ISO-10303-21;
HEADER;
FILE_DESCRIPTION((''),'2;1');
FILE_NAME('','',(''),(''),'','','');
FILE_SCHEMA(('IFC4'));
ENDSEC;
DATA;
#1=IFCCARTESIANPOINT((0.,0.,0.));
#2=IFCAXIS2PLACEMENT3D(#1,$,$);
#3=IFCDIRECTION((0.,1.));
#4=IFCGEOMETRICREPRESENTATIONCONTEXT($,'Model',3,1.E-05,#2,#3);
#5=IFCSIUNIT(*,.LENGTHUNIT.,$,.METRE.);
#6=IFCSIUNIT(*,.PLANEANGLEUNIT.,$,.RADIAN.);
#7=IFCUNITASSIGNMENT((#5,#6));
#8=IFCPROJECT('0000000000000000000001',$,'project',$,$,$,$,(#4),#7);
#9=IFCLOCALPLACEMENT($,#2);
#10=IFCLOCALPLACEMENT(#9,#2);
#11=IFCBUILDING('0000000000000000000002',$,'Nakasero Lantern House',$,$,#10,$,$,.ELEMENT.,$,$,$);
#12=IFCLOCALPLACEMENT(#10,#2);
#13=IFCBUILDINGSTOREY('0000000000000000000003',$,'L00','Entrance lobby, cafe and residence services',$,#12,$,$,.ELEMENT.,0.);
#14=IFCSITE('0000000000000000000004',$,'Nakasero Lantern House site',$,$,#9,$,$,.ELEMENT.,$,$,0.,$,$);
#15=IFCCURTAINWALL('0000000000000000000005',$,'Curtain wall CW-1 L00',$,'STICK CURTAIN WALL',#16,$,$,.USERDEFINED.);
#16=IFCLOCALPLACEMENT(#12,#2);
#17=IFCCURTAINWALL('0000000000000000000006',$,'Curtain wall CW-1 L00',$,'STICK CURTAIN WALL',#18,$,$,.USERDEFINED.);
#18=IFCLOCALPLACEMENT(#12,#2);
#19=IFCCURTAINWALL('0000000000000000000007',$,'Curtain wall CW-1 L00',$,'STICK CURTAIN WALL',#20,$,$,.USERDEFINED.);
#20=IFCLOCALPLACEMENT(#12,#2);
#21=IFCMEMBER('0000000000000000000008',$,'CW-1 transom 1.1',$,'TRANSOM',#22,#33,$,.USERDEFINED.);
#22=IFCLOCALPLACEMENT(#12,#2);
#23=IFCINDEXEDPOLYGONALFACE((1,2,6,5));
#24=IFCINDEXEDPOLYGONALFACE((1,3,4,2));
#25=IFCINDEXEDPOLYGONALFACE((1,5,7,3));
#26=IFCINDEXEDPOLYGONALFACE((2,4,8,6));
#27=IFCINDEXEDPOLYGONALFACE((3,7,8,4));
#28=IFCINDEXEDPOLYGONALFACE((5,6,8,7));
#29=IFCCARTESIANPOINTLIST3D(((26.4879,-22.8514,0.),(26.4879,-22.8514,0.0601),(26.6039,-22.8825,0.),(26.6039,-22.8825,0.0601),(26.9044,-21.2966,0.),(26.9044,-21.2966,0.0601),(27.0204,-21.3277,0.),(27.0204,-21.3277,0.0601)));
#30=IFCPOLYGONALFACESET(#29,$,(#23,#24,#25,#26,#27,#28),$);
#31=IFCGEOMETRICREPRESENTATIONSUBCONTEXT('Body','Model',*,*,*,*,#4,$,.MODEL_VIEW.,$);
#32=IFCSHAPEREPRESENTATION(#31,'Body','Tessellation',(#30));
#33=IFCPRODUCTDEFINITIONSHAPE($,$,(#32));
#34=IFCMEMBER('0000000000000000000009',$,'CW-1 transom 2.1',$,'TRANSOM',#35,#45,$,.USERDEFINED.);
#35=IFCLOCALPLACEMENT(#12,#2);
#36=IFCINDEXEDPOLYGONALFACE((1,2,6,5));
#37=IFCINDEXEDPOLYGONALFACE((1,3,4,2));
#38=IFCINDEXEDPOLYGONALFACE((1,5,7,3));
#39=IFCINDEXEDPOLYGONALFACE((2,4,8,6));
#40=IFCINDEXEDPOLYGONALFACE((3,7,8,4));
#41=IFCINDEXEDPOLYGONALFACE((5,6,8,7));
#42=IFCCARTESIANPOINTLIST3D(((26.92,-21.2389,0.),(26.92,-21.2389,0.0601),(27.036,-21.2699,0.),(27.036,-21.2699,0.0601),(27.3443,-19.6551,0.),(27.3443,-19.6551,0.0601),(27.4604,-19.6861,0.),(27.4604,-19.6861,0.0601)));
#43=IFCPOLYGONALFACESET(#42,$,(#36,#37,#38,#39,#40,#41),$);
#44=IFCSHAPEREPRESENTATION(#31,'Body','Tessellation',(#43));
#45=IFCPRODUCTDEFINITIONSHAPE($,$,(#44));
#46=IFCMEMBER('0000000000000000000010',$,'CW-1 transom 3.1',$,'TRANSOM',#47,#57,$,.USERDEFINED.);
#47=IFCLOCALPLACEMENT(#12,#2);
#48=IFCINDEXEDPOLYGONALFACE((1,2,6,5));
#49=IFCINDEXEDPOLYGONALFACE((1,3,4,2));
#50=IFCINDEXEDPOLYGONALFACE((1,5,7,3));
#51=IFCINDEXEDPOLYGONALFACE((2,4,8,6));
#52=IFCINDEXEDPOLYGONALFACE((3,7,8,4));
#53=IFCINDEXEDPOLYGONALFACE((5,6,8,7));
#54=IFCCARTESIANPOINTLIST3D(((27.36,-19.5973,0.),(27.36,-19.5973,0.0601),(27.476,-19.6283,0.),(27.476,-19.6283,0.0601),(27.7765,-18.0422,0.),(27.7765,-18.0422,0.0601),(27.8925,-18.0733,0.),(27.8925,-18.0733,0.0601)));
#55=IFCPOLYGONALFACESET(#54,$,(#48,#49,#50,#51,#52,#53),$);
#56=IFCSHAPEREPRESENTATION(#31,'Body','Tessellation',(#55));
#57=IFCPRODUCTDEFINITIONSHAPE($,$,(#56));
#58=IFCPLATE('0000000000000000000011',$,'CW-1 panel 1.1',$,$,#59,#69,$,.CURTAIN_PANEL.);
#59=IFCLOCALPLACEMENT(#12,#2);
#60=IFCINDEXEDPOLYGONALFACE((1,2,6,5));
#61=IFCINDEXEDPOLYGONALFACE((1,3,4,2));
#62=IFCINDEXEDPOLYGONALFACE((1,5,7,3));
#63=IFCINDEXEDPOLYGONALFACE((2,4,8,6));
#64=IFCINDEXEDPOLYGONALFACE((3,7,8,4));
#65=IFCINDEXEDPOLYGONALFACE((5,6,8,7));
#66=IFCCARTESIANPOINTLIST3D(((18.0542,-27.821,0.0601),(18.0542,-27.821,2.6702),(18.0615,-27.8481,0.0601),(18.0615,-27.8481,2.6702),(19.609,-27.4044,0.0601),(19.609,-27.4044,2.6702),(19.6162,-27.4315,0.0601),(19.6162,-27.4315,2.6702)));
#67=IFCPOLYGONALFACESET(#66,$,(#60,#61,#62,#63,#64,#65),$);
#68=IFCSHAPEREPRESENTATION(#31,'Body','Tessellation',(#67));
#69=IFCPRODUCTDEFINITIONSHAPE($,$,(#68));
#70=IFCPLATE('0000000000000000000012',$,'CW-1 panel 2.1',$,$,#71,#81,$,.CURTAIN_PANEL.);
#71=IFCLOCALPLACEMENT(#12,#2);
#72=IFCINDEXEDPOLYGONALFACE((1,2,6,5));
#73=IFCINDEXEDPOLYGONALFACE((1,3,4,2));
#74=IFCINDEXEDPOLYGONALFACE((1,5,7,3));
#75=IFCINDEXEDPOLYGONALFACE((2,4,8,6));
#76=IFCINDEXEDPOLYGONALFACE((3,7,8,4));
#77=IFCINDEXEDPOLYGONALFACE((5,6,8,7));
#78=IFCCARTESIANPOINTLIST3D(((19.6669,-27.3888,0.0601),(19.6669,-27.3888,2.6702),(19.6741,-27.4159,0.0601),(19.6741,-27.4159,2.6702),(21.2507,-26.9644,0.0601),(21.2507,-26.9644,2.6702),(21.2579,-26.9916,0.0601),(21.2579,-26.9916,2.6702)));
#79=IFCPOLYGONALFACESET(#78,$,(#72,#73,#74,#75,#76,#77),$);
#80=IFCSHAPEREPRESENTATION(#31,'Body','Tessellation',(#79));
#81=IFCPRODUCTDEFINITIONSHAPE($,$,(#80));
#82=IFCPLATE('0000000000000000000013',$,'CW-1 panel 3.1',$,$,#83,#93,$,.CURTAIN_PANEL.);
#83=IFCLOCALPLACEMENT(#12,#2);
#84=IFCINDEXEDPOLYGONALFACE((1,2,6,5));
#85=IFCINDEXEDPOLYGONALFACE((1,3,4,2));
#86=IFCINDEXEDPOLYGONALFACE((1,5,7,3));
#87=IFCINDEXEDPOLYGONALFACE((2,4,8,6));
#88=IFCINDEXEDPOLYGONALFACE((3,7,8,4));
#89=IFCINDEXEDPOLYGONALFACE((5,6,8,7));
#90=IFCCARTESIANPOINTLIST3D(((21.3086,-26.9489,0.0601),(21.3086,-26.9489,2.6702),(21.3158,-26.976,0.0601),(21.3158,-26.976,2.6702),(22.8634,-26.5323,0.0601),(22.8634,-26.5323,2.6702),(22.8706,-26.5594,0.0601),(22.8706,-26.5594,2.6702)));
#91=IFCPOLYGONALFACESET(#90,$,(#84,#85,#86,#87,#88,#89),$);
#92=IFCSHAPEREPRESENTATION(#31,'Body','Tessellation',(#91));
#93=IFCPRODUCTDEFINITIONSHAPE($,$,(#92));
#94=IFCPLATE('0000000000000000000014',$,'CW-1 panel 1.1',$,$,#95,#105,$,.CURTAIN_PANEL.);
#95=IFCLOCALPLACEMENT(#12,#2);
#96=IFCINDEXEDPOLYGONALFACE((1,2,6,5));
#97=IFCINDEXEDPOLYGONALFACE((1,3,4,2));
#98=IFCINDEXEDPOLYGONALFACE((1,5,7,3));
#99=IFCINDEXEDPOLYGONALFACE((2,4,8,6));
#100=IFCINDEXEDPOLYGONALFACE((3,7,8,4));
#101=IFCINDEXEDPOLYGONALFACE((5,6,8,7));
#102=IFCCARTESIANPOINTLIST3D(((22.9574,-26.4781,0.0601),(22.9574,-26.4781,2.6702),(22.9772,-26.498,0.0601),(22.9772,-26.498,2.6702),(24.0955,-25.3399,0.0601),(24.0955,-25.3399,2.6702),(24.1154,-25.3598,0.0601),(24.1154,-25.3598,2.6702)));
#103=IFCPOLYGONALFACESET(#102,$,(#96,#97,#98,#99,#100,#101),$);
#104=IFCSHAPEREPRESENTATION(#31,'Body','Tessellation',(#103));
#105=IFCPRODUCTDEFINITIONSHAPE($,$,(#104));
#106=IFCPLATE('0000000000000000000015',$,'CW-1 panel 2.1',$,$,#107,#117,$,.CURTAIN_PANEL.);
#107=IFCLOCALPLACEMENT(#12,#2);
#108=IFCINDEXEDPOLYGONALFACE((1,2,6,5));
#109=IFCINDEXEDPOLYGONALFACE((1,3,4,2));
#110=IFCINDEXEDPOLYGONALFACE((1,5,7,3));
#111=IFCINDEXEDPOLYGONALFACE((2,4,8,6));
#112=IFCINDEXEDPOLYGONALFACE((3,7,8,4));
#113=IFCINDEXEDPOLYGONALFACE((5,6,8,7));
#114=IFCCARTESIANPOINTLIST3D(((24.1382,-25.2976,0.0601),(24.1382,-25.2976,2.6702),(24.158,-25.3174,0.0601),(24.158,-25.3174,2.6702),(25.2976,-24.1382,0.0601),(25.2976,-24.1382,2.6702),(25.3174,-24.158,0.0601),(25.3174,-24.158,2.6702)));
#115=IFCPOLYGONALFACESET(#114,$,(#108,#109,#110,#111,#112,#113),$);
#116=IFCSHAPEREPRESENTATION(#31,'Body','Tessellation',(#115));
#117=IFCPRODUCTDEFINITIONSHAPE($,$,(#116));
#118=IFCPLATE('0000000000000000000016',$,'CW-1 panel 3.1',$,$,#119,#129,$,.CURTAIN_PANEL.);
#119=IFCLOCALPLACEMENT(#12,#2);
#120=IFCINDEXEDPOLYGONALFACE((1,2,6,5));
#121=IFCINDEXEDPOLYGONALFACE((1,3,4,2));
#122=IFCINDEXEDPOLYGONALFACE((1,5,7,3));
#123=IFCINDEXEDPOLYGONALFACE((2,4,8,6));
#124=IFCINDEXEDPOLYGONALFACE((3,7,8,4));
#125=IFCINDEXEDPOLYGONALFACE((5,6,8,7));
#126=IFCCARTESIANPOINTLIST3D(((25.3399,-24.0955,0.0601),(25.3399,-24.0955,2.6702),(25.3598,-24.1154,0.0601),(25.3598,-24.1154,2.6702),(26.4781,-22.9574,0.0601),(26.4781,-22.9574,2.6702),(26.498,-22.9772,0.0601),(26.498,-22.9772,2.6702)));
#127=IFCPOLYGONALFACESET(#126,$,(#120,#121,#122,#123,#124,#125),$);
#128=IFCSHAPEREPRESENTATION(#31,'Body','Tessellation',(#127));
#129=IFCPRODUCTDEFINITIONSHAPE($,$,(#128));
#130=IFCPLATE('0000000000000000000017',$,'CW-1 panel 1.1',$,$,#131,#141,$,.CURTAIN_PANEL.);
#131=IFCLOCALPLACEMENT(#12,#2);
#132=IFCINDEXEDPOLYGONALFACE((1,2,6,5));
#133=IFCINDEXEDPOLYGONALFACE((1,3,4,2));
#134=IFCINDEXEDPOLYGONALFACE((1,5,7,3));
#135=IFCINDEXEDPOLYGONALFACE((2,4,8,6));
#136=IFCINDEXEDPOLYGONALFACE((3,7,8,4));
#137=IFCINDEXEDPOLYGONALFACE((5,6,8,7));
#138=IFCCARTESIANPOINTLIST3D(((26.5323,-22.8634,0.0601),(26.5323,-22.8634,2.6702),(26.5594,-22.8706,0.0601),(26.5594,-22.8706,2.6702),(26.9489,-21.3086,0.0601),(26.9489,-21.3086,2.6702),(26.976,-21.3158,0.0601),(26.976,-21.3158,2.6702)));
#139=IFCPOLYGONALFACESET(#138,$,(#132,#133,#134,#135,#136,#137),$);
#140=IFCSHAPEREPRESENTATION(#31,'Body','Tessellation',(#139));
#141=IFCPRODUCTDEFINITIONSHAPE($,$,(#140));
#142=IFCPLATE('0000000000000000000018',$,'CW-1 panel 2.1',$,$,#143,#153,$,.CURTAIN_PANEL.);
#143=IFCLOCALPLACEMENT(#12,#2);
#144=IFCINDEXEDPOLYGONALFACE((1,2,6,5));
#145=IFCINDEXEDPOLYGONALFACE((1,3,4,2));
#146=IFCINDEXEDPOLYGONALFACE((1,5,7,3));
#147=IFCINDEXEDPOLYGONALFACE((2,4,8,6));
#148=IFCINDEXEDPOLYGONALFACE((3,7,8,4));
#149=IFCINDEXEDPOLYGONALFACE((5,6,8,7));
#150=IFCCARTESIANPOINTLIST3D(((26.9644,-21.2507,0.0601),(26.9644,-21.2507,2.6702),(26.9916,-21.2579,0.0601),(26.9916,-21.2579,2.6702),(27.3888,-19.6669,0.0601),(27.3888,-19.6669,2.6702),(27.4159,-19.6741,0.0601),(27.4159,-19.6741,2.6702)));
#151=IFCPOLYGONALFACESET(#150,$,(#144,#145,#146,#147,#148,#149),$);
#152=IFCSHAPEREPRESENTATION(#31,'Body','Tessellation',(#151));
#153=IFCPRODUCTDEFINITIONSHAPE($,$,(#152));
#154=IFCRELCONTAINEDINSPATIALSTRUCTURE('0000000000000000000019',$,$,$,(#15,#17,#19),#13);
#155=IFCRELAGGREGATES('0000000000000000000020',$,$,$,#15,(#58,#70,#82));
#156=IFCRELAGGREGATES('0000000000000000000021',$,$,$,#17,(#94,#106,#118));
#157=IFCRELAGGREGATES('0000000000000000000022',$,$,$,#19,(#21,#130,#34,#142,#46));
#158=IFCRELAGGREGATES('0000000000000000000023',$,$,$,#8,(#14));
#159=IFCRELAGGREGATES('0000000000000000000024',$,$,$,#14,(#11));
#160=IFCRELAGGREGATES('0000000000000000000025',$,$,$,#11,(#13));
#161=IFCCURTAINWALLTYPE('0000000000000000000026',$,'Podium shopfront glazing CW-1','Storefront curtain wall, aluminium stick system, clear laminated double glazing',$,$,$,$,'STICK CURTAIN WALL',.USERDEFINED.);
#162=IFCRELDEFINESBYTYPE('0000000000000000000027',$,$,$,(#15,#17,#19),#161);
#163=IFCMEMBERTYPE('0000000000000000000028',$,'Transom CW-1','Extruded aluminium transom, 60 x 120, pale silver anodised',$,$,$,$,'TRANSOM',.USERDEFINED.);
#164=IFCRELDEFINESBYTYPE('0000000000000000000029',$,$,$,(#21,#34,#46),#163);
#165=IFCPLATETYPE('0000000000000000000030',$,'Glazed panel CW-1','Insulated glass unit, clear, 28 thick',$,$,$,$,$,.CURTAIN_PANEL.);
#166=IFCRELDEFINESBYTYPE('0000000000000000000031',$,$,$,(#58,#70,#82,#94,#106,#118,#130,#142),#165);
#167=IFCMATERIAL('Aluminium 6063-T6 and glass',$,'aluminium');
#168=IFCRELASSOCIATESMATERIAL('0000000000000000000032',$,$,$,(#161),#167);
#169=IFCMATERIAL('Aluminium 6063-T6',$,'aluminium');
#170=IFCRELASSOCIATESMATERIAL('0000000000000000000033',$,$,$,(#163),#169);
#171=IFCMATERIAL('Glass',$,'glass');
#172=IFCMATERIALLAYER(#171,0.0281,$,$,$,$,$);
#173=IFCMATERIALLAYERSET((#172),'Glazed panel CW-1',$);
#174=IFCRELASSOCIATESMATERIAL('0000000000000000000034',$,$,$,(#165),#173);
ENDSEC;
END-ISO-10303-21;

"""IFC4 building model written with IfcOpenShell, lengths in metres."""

from ifc_helpers import new_model, si_unit, direction, frame, origin, origin_2d, place, context, subcontext, project, spatial, rectangle, extrude, material, layer, layer_set, material_profile, profile_set, type_object, element, aggregate, save


model = new_model("IFC4")

# Units and contexts
model_context = context("Model", 3, precision=1e-05, world=origin(), true_north=direction((0.0, 1.0)))
body_context = subcontext(model_context, "Body", "Model", "MODEL_VIEW")
ifc_project = project(units=[si_unit("LENGTHUNIT", "METRE"), si_unit("PLANEANGLEUNIT", "RADIAN")], contexts=[model_context])

# Site, building, storey
site_placement = place(None, origin())
site = spatial("IfcSite", under=ifc_project, at=site_placement, Name="Nakasero Lantern House site", CompositionType="ELEMENT", RefElevation=0.0)
building_placement = place(site_placement, origin())
building = spatial("IfcBuilding", under=site, at=building_placement, Name="Nakasero Lantern House", CompositionType="ELEMENT")
storey_placement = place(building_placement, origin())
storey = spatial("IfcBuildingStorey", under=building, at=storey_placement, Name="L00", Description="Entrance lobby, cafe and residence services", CompositionType="ELEMENT", Elevation=0.0)

# Shared definitions
ifc_material_1 = material(Name="Aluminium 6063-T6 and glass", Category="aluminium")
curtain_wall_type = type_object("IfcCurtainWallType", Name="Podium shopfront glazing CW-1", Description="Storefront curtain wall, aluminium stick system, clear laminated double glazing", ElementType="STICK CURTAIN WALL", PredefinedType="USERDEFINED", material=ifc_material_1)

# Curtain walls
curtain_wall_1_placement = place(storey_placement, origin())
curtain_wall_1 = element("IfcCurtainWall", 1, at=curtain_wall_1_placement, inside=storey, type_object=curtain_wall_type, Name="Curtain wall CW-1 L00", ObjectType="STICK CURTAIN WALL", PredefinedType="USERDEFINED")
curtain_wall_2_placement = place(storey_placement, origin())
curtain_wall_2 = element("IfcCurtainWall", 2, at=curtain_wall_2_placement, inside=storey, type_object=curtain_wall_type, Name="Curtain wall CW-1 L00", ObjectType="STICK CURTAIN WALL", PredefinedType="USERDEFINED")
curtain_wall_3_placement = place(storey_placement, origin())
curtain_wall_3 = element("IfcCurtainWall", 3, at=curtain_wall_3_placement, inside=storey, type_object=curtain_wall_type, Name="Curtain wall CW-1 L00", ObjectType="STICK CURTAIN WALL", PredefinedType="USERDEFINED")

# Members
ifc_material_2 = material(Name="Aluminium 6063-T6", Category="aluminium")
ifc_material_profile_1 = material_profile(ifc_material_2, rectangle(XDim=0.0601, YDim=0.1201, at=origin_2d()), Name="CW-1 transom 60x120")
ifc_profile_set_1 = profile_set([ifc_material_profile_1], Name="Aluminium 6063-T6")
member_type_1 = type_object("IfcMemberType", Name="Transom CW-1", Description="Extruded aluminium transom, 60 x 120, pale silver anodised", ElementType="TRANSOM", PredefinedType="USERDEFINED", material=ifc_profile_set_1)
member_1_placement = place(storey_placement, frame((26.5459, -22.8669, 0.03), z_axis=(0.258777, 0.965937, 0.0), x_axis=(0.0, 0.0, 1.0)))
member_1 = element("IfcMember", 4, at=member_1_placement, type_object=member_type_1, Name="CW-1 transom 1.1", ObjectType="TRANSOM", PredefinedType="USERDEFINED", context=body_context, shape_type="SweptSolid", body=[
    extrude(rectangle(XDim=0.0601, YDim=0.1201, at=origin_2d()), origin(), (0.0, 0.0, 1.0), 1.6096),
])
member_2_placement = place(storey_placement, frame((26.978, -21.2544, 0.03), z_axis=(0.258793, 0.965933, 0.0), x_axis=(0.0, 0.0, 1.0)))
member_2 = element("IfcMember", 5, at=member_2_placement, type_object=member_type_1, Name="CW-1 transom 2.1", ObjectType="TRANSOM", PredefinedType="USERDEFINED", context=body_context, shape_type="SweptSolid", body=[
    extrude(rectangle(XDim=0.0601, YDim=0.1201, at=origin_2d()), origin(), (0.0, 0.0, 1.0), 1.6396),
])
member_3_placement = place(storey_placement, frame((27.418, -19.6128, 0.03), z_axis=(0.258739, 0.965947, 0.0), x_axis=(0.0, 0.0, 1.0)))
member_3 = element("IfcMember", 6, at=member_3_placement, type_object=member_type_1, Name="CW-1 transom 3.1", ObjectType="TRANSOM", PredefinedType="USERDEFINED", context=body_context, shape_type="SweptSolid", body=[
    extrude(rectangle(XDim=0.0601, YDim=0.1201, at=origin_2d()), origin(), (0.0, 0.0, 1.0), 1.6099),
])

# Plates
ifc_material_3 = material(Name="Glass", Category="glass")
ifc_layer = layer(ifc_material_3, 0.0281)
ifc_layer_set = layer_set([ifc_layer], Name="Glazed panel CW-1")
plate_type = type_object("IfcPlateType", Name="Glazed panel CW-1", Description="Insulated glass unit, clear, 28 thick", PredefinedType="CURTAIN_PANEL", material=ifc_layer_set)
plate_1_placement = place(storey_placement, frame((18.8352, -27.6262, 0.0601), z_axis=(0.0, 0.0, 1.0), x_axis=(0.965926, 0.258819, 0.0)))
plate_1 = element("IfcPlate", 7, at=plate_1_placement, type_object=plate_type, Name="CW-1 panel 1.1", PredefinedType="CURTAIN_PANEL", context=body_context, shape_type="SweptSolid", body=[
    extrude(rectangle(XDim=1.6096, YDim=0.0281, at=origin_2d()), origin(), (0.0, 0.0, 1.0), 2.6101),
])
plate_2_placement = place(storey_placement, frame((20.4624, -27.1902, 0.0601), z_axis=(0.0, 0.0, 1.0), x_axis=(0.965926, 0.258819, 0.0)))
plate_2 = element("IfcPlate", 8, at=plate_2_placement, type_object=plate_type, Name="CW-1 panel 2.1", PredefinedType="CURTAIN_PANEL", context=body_context, shape_type="SweptSolid", body=[
    extrude(rectangle(XDim=1.6396, YDim=0.0281, at=origin_2d()), origin(), (0.0, 0.0, 1.0), 2.6101),
])
plate_3_placement = place(storey_placement, frame((22.0896, -26.7542, 0.0601), z_axis=(0.0, 0.0, 1.0), x_axis=(0.965926, 0.258819, 0.0)))
plate_3 = element("IfcPlate", 9, at=plate_3_placement, type_object=plate_type, Name="CW-1 panel 3.1", PredefinedType="CURTAIN_PANEL", context=body_context, shape_type="SweptSolid", body=[
    extrude(rectangle(XDim=1.6096, YDim=0.0281, at=origin_2d()), origin(), (0.0, 0.0, 1.0), 2.6101),
])
aggregate(curtain_wall_1, [plate_1, plate_2, plate_3])
plate_4_placement = place(storey_placement, frame((23.5364, -25.9189, 0.0601), z_axis=(0.0, 0.0, 1.0), x_axis=(0.707107, 0.707107, 0.0)))
plate_4 = element("IfcPlate", 10, at=plate_4_placement, type_object=plate_type, Name="CW-1 panel 1.1", PredefinedType="CURTAIN_PANEL", context=body_context, shape_type="SweptSolid", body=[
    extrude(rectangle(XDim=1.6096, YDim=0.0281, at=origin_2d()), origin(), (0.0, 0.0, 1.0), 2.6101),
])
plate_5_placement = place(storey_placement, frame((24.7278, -24.7278, 0.0601), z_axis=(0.0, 0.0, 1.0), x_axis=(0.707107, 0.707107, 0.0)))
plate_5 = element("IfcPlate", 11, at=plate_5_placement, type_object=plate_type, Name="CW-1 panel 2.1", PredefinedType="CURTAIN_PANEL", context=body_context, shape_type="SweptSolid", body=[
    extrude(rectangle(XDim=1.6396, YDim=0.0281, at=origin_2d()), origin(), (0.0, 0.0, 1.0), 2.6101),
])
plate_6_placement = place(storey_placement, frame((25.9189, -23.5364, 0.0601), z_axis=(0.0, 0.0, 1.0), x_axis=(0.707107, 0.707107, 0.0)))
plate_6 = element("IfcPlate", 12, at=plate_6_placement, type_object=plate_type, Name="CW-1 panel 3.1", PredefinedType="CURTAIN_PANEL", context=body_context, shape_type="SweptSolid", body=[
    extrude(rectangle(XDim=1.6096, YDim=0.0281, at=origin_2d()), origin(), (0.0, 0.0, 1.0), 2.6101),
])
aggregate(curtain_wall_2, [plate_4, plate_5, plate_6])
plate_7_placement = place(storey_placement, frame((26.7542, -22.0896, 0.0601), z_axis=(0.0, 0.0, 1.0), x_axis=(0.258819, 0.965926, 0.0)))
plate_7 = element("IfcPlate", 13, at=plate_7_placement, type_object=plate_type, Name="CW-1 panel 1.1", PredefinedType="CURTAIN_PANEL", context=body_context, shape_type="SweptSolid", body=[
    extrude(rectangle(XDim=1.6096, YDim=0.0281, at=origin_2d()), origin(), (0.0, 0.0, 1.0), 2.6101),
])
plate_8_placement = place(storey_placement, frame((27.1902, -20.4624, 0.0601), z_axis=(0.0, 0.0, 1.0), x_axis=(0.258819, 0.965926, 0.0)))
plate_8 = element("IfcPlate", 14, at=plate_8_placement, type_object=plate_type, Name="CW-1 panel 2.1", PredefinedType="CURTAIN_PANEL", context=body_context, shape_type="SweptSolid", body=[
    extrude(rectangle(XDim=1.6396, YDim=0.0281, at=origin_2d()), origin(), (0.0, 0.0, 1.0), 2.6101),
])
aggregate(curtain_wall_3, [member_1, plate_7, member_2, plate_8, member_3])

save(model, "model.ifc")
